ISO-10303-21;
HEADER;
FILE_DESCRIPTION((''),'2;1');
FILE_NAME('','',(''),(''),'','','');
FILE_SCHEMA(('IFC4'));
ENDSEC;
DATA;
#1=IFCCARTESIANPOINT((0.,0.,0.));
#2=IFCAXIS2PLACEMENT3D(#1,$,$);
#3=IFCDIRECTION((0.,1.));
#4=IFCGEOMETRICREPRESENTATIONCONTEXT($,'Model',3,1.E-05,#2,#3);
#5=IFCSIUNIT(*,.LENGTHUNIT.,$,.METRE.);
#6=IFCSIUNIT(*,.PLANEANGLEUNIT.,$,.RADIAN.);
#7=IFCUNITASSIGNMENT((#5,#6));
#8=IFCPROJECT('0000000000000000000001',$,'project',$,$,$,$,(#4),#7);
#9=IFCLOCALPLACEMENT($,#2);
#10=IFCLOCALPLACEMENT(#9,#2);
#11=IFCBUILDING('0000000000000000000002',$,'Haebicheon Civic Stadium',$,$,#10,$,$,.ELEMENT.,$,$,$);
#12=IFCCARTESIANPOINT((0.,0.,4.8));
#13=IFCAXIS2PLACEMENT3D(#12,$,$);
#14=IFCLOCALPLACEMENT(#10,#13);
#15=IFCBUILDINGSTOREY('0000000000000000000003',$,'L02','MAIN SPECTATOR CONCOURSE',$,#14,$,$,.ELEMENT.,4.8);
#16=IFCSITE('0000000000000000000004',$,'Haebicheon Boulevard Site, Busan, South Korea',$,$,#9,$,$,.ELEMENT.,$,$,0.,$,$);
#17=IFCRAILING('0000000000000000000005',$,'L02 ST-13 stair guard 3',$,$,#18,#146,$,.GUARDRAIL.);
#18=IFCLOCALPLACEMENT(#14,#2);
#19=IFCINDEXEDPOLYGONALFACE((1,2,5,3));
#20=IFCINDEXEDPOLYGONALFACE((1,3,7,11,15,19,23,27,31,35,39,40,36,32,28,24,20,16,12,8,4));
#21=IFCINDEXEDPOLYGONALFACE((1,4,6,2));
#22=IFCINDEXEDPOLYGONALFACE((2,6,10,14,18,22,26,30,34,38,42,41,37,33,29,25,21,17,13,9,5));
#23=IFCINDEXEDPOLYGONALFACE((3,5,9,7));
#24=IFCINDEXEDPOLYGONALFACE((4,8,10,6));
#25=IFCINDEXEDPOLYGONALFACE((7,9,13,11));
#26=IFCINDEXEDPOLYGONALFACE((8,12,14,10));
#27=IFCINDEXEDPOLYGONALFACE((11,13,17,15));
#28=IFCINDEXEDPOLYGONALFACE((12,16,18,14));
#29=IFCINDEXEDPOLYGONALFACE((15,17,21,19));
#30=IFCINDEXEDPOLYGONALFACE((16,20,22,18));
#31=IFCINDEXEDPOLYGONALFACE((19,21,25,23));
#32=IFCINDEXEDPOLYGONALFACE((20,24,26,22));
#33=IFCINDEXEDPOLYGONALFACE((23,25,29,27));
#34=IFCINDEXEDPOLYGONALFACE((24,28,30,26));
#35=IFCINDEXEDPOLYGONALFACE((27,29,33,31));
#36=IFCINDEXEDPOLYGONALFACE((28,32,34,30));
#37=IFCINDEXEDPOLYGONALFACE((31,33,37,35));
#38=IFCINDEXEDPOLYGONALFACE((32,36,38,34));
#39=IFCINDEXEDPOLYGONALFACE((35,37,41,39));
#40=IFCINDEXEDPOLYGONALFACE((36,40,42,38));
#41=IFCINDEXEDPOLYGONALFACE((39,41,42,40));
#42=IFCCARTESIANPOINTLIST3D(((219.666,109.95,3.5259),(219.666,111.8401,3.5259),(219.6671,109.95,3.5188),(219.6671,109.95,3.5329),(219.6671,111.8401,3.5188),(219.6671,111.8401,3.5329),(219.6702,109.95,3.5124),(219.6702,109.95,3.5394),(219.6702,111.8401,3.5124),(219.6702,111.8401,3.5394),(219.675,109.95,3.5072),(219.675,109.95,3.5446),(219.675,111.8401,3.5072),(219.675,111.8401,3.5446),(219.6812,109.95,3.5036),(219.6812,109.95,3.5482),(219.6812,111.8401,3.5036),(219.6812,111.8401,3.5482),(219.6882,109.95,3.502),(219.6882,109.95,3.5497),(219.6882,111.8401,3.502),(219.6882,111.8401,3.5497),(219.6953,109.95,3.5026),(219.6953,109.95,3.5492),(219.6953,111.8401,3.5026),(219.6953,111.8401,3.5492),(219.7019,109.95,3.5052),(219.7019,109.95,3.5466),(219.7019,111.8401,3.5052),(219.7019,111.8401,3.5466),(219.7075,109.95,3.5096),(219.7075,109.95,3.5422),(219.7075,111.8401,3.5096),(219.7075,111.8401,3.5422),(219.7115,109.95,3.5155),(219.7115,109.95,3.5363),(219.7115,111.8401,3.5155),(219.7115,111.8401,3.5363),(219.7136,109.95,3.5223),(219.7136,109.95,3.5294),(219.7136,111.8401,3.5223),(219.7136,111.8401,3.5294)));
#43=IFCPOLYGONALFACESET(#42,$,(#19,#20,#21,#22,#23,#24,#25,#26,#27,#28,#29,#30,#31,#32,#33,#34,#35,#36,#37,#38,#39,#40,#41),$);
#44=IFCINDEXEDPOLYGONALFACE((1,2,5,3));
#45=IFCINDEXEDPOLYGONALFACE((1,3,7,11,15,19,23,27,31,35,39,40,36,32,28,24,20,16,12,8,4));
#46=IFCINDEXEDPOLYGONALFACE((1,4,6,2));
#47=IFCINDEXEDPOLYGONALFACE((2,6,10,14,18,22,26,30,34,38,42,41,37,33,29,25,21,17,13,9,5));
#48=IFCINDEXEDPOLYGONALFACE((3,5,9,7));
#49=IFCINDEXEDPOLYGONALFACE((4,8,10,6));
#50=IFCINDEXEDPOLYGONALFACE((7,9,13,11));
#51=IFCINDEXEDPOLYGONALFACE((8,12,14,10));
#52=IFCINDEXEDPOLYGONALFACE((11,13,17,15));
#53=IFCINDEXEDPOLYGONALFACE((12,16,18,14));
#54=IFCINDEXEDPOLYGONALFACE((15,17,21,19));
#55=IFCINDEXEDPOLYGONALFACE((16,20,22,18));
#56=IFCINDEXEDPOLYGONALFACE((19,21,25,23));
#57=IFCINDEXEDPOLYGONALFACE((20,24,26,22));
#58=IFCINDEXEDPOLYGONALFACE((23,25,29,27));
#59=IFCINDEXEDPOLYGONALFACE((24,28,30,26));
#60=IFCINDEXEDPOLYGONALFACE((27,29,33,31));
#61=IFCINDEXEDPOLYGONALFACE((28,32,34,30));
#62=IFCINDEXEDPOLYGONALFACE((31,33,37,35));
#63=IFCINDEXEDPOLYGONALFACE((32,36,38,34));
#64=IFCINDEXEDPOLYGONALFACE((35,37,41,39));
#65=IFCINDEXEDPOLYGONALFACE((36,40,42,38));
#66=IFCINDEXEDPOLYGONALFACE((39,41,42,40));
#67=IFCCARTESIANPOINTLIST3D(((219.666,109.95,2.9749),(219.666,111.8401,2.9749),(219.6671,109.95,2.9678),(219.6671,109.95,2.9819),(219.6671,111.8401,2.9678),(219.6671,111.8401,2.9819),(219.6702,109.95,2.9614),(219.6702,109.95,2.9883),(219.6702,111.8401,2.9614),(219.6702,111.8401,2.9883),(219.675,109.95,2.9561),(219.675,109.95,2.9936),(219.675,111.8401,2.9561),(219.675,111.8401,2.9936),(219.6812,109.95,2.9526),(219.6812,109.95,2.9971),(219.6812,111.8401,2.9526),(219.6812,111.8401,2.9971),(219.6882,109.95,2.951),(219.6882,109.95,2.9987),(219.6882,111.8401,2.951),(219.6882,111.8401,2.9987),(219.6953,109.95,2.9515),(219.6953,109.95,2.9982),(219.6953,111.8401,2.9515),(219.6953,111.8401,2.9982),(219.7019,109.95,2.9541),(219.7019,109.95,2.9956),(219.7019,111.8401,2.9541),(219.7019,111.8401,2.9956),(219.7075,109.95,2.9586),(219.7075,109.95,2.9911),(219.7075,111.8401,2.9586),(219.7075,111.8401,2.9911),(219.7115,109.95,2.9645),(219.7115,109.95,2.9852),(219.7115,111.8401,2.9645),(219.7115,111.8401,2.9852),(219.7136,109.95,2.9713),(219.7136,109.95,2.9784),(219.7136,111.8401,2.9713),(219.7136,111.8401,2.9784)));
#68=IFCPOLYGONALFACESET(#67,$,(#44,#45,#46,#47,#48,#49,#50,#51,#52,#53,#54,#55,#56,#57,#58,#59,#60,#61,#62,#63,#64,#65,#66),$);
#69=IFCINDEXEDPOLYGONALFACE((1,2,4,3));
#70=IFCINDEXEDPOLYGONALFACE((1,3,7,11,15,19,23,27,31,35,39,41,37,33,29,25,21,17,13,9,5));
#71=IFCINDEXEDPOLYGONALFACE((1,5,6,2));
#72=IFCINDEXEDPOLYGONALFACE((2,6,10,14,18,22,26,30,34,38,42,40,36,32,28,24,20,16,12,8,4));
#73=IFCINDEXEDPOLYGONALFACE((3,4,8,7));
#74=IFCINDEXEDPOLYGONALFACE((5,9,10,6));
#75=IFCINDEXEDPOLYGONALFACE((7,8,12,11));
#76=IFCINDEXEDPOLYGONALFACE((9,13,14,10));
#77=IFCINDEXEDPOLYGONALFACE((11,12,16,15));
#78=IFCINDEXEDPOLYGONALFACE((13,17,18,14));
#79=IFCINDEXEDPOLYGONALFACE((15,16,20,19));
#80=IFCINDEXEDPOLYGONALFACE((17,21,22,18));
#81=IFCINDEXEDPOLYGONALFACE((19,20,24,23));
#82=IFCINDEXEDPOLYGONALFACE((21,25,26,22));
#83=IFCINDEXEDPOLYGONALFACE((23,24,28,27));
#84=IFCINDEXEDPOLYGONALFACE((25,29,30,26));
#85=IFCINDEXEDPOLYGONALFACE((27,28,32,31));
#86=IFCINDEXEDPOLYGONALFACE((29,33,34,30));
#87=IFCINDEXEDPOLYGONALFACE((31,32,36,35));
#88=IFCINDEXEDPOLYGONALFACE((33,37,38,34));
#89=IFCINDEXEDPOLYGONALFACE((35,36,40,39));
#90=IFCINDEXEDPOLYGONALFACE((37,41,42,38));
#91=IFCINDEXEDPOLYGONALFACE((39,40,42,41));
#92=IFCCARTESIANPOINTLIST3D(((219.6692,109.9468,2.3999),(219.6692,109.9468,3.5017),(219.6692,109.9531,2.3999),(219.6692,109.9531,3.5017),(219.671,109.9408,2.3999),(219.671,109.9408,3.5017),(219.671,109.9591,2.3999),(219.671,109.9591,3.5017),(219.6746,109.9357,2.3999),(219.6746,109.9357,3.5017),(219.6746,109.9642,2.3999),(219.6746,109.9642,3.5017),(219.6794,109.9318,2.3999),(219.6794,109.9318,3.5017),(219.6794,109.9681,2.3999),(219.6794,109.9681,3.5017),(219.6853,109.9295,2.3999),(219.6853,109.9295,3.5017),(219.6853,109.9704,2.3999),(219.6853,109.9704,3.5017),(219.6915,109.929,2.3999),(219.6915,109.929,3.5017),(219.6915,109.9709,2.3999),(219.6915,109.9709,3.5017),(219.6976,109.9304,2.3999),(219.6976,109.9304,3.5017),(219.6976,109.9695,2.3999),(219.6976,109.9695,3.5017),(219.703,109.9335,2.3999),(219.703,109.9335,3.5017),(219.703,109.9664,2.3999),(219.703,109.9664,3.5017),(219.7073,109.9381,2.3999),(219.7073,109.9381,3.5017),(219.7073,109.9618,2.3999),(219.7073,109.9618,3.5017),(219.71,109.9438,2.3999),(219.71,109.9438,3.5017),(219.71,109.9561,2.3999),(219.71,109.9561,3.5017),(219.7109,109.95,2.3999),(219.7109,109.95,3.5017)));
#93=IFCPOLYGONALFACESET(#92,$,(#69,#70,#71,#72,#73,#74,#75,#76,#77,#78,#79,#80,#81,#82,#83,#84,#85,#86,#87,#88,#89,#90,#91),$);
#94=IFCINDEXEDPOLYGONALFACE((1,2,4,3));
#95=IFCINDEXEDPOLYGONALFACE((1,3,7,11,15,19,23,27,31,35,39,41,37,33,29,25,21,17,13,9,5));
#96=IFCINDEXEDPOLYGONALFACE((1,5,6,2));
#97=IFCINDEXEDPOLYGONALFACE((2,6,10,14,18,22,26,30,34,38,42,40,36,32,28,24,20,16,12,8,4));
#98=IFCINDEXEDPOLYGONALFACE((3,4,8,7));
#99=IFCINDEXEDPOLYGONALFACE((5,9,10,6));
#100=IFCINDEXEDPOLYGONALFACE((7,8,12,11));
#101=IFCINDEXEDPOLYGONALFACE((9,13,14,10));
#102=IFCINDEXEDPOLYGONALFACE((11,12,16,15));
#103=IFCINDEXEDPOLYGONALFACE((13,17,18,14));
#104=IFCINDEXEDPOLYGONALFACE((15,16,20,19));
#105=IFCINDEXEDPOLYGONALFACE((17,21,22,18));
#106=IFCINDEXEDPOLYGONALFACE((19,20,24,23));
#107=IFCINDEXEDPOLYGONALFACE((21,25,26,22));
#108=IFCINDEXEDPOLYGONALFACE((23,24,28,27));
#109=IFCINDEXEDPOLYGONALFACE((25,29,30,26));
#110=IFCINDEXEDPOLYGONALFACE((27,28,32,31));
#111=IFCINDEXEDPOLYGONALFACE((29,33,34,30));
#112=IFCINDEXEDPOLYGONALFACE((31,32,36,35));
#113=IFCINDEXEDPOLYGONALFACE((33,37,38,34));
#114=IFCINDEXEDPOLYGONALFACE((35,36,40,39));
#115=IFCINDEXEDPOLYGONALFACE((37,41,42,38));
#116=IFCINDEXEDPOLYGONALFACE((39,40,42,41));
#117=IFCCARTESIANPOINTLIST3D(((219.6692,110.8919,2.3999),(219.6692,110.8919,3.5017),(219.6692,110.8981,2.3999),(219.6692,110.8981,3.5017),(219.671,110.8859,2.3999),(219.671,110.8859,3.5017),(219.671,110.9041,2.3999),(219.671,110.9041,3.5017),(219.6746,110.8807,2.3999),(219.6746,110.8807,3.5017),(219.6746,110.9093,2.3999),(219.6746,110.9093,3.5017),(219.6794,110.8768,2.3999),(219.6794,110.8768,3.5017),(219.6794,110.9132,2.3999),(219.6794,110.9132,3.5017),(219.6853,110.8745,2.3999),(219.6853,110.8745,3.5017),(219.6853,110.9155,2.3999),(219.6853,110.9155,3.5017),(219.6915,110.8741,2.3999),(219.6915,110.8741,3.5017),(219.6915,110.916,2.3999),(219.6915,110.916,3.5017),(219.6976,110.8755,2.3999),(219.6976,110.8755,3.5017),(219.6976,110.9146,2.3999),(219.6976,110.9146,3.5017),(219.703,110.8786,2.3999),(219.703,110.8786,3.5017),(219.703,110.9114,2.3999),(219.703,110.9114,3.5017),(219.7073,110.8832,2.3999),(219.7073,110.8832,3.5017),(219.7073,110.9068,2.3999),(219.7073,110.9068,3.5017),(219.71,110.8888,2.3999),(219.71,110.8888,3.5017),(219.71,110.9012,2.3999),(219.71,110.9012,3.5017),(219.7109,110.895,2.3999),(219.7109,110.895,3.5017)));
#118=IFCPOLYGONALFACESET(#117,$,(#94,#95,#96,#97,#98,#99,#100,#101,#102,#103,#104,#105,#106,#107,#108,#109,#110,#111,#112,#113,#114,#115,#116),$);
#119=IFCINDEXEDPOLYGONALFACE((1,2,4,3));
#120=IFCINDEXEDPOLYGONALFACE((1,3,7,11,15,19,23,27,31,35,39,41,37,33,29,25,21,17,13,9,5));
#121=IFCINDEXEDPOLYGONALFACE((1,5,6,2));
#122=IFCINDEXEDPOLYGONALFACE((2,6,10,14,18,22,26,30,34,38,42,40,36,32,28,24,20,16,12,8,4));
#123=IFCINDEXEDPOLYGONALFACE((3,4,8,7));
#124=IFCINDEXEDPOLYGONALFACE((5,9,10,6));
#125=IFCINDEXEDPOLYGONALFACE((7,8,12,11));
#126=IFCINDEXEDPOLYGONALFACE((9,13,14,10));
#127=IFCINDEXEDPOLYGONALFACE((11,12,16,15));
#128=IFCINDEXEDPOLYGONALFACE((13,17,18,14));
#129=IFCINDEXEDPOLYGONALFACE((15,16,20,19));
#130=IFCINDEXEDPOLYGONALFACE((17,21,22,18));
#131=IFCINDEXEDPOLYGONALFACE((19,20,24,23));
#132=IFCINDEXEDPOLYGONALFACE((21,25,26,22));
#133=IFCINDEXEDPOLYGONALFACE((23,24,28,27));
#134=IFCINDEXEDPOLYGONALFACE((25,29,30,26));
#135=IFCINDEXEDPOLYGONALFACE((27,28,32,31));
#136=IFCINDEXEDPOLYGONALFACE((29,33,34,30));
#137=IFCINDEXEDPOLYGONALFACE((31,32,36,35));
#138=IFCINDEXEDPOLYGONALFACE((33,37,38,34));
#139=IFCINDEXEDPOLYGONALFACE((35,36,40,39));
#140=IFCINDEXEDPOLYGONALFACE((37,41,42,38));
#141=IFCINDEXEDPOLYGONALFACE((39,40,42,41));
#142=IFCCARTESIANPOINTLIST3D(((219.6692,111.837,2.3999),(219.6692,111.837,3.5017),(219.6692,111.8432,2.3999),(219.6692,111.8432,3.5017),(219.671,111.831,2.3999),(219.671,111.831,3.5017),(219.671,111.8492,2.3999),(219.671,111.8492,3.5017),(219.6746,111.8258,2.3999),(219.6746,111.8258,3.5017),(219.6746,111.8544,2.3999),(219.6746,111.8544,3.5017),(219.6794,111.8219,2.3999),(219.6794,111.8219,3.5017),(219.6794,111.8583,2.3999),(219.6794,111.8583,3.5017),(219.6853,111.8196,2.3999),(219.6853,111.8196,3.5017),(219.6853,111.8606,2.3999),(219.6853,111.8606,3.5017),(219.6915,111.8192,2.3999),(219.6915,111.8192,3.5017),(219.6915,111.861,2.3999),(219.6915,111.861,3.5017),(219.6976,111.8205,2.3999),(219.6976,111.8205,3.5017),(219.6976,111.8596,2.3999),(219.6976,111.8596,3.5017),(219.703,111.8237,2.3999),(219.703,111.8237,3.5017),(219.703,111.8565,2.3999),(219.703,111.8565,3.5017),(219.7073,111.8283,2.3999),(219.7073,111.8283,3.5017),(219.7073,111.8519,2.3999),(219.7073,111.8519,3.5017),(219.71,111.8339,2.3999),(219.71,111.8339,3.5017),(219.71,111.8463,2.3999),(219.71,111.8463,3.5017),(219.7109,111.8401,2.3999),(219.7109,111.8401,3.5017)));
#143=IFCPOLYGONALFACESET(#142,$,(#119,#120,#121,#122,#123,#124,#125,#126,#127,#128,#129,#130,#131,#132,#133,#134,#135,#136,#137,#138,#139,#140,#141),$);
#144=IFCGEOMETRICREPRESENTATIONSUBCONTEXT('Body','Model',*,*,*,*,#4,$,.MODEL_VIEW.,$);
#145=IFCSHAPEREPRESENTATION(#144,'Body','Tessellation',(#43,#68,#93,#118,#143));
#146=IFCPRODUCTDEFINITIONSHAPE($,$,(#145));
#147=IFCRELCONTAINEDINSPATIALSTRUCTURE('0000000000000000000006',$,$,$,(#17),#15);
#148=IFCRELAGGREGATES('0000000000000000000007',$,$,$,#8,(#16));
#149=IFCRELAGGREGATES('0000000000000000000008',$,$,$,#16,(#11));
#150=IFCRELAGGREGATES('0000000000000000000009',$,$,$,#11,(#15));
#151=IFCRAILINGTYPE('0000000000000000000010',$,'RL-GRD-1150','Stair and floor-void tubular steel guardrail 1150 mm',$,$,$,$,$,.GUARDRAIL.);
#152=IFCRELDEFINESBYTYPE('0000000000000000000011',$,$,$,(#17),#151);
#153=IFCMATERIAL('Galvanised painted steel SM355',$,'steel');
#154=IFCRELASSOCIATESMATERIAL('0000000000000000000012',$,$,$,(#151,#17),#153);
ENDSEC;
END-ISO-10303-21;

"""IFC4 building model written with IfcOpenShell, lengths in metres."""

from ifc_helpers import new_model, si_unit, direction, frame, origin, origin_2d, place, context, subcontext, project, spatial, circle, extrude, material, type_object, element, save


model = new_model("IFC4")

# Units and contexts
model_context = context("Model", 3, precision=1e-05, world=origin(), true_north=direction((0.0, 1.0)))
body_context = subcontext(model_context, "Body", "Model", "MODEL_VIEW")
ifc_project = project(units=[si_unit("LENGTHUNIT", "METRE"), si_unit("PLANEANGLEUNIT", "RADIAN")], contexts=[model_context])

# Site, building, storey
site_placement = place(None, origin())
site = spatial("IfcSite", under=ifc_project, at=site_placement, Name="Haebicheon Boulevard Site, Busan, South Korea", CompositionType="ELEMENT", RefElevation=0.0)
building_placement = place(site_placement, origin())
building = spatial("IfcBuilding", under=site, at=building_placement, Name="Haebicheon Civic Stadium", CompositionType="ELEMENT")
storey_placement = place(building_placement, frame((0.0, 0.0, 4.8)))
storey = spatial("IfcBuildingStorey", under=building, at=storey_placement, Name="L02", Description="MAIN SPECTATOR CONCOURSE", CompositionType="ELEMENT", Elevation=4.8)

# Railing
ifc_material_1 = material(Name="Galvanised painted steel SM355", Category="steel")
railing_type_1 = type_object("IfcRailingType", Name="RL-GRD-1150", Description="Stair and floor-void tubular steel guardrail 1150 mm", PredefinedType="GUARDRAIL", material=ifc_material_1)
for number, where, name in (
    (1, (219.6899, 109.95, 2.3999), "L02 ST-13 stair guard 3"),
):
    element("IfcRailing", number, at=place(storey_placement, frame(where)), inside=storey, type_object=railing_type_1, material=ifc_material_1, Name=name, PredefinedType="GUARDRAIL", context=body_context, shape_type="SweptSolid", body=[
        extrude(circle(Radius=0.0239, at=origin_2d()), frame((0.0, 0.0, 1.126), z_axis=(0.0, 1.0, 0.0), x_axis=(-1.0, 0.0, 0.0)), (0.0, 0.0, 1.0), 1.8901),
        extrude(circle(Radius=0.0239, at=origin_2d()), frame((0.0, 0.0, 0.575), z_axis=(0.0, 1.0, 0.0), x_axis=(-1.0, 0.0, 0.0)), (0.0, 0.0, 1.0), 1.8901),
        extrude(circle(Radius=0.021, at=origin_2d()), origin(), (0.0, 0.0, 1.0), 1.1018),
        extrude(circle(Radius=0.021, at=origin_2d()), frame((0.0, 0.9451, 0.0)), (0.0, 0.0, 1.0), 1.1018),
        extrude(circle(Radius=0.021, at=origin_2d()), frame((0.0, 1.8901, 0.0)), (0.0, 0.0, 1.0), 1.1018),
    ])

save(model, "model.ifc")
